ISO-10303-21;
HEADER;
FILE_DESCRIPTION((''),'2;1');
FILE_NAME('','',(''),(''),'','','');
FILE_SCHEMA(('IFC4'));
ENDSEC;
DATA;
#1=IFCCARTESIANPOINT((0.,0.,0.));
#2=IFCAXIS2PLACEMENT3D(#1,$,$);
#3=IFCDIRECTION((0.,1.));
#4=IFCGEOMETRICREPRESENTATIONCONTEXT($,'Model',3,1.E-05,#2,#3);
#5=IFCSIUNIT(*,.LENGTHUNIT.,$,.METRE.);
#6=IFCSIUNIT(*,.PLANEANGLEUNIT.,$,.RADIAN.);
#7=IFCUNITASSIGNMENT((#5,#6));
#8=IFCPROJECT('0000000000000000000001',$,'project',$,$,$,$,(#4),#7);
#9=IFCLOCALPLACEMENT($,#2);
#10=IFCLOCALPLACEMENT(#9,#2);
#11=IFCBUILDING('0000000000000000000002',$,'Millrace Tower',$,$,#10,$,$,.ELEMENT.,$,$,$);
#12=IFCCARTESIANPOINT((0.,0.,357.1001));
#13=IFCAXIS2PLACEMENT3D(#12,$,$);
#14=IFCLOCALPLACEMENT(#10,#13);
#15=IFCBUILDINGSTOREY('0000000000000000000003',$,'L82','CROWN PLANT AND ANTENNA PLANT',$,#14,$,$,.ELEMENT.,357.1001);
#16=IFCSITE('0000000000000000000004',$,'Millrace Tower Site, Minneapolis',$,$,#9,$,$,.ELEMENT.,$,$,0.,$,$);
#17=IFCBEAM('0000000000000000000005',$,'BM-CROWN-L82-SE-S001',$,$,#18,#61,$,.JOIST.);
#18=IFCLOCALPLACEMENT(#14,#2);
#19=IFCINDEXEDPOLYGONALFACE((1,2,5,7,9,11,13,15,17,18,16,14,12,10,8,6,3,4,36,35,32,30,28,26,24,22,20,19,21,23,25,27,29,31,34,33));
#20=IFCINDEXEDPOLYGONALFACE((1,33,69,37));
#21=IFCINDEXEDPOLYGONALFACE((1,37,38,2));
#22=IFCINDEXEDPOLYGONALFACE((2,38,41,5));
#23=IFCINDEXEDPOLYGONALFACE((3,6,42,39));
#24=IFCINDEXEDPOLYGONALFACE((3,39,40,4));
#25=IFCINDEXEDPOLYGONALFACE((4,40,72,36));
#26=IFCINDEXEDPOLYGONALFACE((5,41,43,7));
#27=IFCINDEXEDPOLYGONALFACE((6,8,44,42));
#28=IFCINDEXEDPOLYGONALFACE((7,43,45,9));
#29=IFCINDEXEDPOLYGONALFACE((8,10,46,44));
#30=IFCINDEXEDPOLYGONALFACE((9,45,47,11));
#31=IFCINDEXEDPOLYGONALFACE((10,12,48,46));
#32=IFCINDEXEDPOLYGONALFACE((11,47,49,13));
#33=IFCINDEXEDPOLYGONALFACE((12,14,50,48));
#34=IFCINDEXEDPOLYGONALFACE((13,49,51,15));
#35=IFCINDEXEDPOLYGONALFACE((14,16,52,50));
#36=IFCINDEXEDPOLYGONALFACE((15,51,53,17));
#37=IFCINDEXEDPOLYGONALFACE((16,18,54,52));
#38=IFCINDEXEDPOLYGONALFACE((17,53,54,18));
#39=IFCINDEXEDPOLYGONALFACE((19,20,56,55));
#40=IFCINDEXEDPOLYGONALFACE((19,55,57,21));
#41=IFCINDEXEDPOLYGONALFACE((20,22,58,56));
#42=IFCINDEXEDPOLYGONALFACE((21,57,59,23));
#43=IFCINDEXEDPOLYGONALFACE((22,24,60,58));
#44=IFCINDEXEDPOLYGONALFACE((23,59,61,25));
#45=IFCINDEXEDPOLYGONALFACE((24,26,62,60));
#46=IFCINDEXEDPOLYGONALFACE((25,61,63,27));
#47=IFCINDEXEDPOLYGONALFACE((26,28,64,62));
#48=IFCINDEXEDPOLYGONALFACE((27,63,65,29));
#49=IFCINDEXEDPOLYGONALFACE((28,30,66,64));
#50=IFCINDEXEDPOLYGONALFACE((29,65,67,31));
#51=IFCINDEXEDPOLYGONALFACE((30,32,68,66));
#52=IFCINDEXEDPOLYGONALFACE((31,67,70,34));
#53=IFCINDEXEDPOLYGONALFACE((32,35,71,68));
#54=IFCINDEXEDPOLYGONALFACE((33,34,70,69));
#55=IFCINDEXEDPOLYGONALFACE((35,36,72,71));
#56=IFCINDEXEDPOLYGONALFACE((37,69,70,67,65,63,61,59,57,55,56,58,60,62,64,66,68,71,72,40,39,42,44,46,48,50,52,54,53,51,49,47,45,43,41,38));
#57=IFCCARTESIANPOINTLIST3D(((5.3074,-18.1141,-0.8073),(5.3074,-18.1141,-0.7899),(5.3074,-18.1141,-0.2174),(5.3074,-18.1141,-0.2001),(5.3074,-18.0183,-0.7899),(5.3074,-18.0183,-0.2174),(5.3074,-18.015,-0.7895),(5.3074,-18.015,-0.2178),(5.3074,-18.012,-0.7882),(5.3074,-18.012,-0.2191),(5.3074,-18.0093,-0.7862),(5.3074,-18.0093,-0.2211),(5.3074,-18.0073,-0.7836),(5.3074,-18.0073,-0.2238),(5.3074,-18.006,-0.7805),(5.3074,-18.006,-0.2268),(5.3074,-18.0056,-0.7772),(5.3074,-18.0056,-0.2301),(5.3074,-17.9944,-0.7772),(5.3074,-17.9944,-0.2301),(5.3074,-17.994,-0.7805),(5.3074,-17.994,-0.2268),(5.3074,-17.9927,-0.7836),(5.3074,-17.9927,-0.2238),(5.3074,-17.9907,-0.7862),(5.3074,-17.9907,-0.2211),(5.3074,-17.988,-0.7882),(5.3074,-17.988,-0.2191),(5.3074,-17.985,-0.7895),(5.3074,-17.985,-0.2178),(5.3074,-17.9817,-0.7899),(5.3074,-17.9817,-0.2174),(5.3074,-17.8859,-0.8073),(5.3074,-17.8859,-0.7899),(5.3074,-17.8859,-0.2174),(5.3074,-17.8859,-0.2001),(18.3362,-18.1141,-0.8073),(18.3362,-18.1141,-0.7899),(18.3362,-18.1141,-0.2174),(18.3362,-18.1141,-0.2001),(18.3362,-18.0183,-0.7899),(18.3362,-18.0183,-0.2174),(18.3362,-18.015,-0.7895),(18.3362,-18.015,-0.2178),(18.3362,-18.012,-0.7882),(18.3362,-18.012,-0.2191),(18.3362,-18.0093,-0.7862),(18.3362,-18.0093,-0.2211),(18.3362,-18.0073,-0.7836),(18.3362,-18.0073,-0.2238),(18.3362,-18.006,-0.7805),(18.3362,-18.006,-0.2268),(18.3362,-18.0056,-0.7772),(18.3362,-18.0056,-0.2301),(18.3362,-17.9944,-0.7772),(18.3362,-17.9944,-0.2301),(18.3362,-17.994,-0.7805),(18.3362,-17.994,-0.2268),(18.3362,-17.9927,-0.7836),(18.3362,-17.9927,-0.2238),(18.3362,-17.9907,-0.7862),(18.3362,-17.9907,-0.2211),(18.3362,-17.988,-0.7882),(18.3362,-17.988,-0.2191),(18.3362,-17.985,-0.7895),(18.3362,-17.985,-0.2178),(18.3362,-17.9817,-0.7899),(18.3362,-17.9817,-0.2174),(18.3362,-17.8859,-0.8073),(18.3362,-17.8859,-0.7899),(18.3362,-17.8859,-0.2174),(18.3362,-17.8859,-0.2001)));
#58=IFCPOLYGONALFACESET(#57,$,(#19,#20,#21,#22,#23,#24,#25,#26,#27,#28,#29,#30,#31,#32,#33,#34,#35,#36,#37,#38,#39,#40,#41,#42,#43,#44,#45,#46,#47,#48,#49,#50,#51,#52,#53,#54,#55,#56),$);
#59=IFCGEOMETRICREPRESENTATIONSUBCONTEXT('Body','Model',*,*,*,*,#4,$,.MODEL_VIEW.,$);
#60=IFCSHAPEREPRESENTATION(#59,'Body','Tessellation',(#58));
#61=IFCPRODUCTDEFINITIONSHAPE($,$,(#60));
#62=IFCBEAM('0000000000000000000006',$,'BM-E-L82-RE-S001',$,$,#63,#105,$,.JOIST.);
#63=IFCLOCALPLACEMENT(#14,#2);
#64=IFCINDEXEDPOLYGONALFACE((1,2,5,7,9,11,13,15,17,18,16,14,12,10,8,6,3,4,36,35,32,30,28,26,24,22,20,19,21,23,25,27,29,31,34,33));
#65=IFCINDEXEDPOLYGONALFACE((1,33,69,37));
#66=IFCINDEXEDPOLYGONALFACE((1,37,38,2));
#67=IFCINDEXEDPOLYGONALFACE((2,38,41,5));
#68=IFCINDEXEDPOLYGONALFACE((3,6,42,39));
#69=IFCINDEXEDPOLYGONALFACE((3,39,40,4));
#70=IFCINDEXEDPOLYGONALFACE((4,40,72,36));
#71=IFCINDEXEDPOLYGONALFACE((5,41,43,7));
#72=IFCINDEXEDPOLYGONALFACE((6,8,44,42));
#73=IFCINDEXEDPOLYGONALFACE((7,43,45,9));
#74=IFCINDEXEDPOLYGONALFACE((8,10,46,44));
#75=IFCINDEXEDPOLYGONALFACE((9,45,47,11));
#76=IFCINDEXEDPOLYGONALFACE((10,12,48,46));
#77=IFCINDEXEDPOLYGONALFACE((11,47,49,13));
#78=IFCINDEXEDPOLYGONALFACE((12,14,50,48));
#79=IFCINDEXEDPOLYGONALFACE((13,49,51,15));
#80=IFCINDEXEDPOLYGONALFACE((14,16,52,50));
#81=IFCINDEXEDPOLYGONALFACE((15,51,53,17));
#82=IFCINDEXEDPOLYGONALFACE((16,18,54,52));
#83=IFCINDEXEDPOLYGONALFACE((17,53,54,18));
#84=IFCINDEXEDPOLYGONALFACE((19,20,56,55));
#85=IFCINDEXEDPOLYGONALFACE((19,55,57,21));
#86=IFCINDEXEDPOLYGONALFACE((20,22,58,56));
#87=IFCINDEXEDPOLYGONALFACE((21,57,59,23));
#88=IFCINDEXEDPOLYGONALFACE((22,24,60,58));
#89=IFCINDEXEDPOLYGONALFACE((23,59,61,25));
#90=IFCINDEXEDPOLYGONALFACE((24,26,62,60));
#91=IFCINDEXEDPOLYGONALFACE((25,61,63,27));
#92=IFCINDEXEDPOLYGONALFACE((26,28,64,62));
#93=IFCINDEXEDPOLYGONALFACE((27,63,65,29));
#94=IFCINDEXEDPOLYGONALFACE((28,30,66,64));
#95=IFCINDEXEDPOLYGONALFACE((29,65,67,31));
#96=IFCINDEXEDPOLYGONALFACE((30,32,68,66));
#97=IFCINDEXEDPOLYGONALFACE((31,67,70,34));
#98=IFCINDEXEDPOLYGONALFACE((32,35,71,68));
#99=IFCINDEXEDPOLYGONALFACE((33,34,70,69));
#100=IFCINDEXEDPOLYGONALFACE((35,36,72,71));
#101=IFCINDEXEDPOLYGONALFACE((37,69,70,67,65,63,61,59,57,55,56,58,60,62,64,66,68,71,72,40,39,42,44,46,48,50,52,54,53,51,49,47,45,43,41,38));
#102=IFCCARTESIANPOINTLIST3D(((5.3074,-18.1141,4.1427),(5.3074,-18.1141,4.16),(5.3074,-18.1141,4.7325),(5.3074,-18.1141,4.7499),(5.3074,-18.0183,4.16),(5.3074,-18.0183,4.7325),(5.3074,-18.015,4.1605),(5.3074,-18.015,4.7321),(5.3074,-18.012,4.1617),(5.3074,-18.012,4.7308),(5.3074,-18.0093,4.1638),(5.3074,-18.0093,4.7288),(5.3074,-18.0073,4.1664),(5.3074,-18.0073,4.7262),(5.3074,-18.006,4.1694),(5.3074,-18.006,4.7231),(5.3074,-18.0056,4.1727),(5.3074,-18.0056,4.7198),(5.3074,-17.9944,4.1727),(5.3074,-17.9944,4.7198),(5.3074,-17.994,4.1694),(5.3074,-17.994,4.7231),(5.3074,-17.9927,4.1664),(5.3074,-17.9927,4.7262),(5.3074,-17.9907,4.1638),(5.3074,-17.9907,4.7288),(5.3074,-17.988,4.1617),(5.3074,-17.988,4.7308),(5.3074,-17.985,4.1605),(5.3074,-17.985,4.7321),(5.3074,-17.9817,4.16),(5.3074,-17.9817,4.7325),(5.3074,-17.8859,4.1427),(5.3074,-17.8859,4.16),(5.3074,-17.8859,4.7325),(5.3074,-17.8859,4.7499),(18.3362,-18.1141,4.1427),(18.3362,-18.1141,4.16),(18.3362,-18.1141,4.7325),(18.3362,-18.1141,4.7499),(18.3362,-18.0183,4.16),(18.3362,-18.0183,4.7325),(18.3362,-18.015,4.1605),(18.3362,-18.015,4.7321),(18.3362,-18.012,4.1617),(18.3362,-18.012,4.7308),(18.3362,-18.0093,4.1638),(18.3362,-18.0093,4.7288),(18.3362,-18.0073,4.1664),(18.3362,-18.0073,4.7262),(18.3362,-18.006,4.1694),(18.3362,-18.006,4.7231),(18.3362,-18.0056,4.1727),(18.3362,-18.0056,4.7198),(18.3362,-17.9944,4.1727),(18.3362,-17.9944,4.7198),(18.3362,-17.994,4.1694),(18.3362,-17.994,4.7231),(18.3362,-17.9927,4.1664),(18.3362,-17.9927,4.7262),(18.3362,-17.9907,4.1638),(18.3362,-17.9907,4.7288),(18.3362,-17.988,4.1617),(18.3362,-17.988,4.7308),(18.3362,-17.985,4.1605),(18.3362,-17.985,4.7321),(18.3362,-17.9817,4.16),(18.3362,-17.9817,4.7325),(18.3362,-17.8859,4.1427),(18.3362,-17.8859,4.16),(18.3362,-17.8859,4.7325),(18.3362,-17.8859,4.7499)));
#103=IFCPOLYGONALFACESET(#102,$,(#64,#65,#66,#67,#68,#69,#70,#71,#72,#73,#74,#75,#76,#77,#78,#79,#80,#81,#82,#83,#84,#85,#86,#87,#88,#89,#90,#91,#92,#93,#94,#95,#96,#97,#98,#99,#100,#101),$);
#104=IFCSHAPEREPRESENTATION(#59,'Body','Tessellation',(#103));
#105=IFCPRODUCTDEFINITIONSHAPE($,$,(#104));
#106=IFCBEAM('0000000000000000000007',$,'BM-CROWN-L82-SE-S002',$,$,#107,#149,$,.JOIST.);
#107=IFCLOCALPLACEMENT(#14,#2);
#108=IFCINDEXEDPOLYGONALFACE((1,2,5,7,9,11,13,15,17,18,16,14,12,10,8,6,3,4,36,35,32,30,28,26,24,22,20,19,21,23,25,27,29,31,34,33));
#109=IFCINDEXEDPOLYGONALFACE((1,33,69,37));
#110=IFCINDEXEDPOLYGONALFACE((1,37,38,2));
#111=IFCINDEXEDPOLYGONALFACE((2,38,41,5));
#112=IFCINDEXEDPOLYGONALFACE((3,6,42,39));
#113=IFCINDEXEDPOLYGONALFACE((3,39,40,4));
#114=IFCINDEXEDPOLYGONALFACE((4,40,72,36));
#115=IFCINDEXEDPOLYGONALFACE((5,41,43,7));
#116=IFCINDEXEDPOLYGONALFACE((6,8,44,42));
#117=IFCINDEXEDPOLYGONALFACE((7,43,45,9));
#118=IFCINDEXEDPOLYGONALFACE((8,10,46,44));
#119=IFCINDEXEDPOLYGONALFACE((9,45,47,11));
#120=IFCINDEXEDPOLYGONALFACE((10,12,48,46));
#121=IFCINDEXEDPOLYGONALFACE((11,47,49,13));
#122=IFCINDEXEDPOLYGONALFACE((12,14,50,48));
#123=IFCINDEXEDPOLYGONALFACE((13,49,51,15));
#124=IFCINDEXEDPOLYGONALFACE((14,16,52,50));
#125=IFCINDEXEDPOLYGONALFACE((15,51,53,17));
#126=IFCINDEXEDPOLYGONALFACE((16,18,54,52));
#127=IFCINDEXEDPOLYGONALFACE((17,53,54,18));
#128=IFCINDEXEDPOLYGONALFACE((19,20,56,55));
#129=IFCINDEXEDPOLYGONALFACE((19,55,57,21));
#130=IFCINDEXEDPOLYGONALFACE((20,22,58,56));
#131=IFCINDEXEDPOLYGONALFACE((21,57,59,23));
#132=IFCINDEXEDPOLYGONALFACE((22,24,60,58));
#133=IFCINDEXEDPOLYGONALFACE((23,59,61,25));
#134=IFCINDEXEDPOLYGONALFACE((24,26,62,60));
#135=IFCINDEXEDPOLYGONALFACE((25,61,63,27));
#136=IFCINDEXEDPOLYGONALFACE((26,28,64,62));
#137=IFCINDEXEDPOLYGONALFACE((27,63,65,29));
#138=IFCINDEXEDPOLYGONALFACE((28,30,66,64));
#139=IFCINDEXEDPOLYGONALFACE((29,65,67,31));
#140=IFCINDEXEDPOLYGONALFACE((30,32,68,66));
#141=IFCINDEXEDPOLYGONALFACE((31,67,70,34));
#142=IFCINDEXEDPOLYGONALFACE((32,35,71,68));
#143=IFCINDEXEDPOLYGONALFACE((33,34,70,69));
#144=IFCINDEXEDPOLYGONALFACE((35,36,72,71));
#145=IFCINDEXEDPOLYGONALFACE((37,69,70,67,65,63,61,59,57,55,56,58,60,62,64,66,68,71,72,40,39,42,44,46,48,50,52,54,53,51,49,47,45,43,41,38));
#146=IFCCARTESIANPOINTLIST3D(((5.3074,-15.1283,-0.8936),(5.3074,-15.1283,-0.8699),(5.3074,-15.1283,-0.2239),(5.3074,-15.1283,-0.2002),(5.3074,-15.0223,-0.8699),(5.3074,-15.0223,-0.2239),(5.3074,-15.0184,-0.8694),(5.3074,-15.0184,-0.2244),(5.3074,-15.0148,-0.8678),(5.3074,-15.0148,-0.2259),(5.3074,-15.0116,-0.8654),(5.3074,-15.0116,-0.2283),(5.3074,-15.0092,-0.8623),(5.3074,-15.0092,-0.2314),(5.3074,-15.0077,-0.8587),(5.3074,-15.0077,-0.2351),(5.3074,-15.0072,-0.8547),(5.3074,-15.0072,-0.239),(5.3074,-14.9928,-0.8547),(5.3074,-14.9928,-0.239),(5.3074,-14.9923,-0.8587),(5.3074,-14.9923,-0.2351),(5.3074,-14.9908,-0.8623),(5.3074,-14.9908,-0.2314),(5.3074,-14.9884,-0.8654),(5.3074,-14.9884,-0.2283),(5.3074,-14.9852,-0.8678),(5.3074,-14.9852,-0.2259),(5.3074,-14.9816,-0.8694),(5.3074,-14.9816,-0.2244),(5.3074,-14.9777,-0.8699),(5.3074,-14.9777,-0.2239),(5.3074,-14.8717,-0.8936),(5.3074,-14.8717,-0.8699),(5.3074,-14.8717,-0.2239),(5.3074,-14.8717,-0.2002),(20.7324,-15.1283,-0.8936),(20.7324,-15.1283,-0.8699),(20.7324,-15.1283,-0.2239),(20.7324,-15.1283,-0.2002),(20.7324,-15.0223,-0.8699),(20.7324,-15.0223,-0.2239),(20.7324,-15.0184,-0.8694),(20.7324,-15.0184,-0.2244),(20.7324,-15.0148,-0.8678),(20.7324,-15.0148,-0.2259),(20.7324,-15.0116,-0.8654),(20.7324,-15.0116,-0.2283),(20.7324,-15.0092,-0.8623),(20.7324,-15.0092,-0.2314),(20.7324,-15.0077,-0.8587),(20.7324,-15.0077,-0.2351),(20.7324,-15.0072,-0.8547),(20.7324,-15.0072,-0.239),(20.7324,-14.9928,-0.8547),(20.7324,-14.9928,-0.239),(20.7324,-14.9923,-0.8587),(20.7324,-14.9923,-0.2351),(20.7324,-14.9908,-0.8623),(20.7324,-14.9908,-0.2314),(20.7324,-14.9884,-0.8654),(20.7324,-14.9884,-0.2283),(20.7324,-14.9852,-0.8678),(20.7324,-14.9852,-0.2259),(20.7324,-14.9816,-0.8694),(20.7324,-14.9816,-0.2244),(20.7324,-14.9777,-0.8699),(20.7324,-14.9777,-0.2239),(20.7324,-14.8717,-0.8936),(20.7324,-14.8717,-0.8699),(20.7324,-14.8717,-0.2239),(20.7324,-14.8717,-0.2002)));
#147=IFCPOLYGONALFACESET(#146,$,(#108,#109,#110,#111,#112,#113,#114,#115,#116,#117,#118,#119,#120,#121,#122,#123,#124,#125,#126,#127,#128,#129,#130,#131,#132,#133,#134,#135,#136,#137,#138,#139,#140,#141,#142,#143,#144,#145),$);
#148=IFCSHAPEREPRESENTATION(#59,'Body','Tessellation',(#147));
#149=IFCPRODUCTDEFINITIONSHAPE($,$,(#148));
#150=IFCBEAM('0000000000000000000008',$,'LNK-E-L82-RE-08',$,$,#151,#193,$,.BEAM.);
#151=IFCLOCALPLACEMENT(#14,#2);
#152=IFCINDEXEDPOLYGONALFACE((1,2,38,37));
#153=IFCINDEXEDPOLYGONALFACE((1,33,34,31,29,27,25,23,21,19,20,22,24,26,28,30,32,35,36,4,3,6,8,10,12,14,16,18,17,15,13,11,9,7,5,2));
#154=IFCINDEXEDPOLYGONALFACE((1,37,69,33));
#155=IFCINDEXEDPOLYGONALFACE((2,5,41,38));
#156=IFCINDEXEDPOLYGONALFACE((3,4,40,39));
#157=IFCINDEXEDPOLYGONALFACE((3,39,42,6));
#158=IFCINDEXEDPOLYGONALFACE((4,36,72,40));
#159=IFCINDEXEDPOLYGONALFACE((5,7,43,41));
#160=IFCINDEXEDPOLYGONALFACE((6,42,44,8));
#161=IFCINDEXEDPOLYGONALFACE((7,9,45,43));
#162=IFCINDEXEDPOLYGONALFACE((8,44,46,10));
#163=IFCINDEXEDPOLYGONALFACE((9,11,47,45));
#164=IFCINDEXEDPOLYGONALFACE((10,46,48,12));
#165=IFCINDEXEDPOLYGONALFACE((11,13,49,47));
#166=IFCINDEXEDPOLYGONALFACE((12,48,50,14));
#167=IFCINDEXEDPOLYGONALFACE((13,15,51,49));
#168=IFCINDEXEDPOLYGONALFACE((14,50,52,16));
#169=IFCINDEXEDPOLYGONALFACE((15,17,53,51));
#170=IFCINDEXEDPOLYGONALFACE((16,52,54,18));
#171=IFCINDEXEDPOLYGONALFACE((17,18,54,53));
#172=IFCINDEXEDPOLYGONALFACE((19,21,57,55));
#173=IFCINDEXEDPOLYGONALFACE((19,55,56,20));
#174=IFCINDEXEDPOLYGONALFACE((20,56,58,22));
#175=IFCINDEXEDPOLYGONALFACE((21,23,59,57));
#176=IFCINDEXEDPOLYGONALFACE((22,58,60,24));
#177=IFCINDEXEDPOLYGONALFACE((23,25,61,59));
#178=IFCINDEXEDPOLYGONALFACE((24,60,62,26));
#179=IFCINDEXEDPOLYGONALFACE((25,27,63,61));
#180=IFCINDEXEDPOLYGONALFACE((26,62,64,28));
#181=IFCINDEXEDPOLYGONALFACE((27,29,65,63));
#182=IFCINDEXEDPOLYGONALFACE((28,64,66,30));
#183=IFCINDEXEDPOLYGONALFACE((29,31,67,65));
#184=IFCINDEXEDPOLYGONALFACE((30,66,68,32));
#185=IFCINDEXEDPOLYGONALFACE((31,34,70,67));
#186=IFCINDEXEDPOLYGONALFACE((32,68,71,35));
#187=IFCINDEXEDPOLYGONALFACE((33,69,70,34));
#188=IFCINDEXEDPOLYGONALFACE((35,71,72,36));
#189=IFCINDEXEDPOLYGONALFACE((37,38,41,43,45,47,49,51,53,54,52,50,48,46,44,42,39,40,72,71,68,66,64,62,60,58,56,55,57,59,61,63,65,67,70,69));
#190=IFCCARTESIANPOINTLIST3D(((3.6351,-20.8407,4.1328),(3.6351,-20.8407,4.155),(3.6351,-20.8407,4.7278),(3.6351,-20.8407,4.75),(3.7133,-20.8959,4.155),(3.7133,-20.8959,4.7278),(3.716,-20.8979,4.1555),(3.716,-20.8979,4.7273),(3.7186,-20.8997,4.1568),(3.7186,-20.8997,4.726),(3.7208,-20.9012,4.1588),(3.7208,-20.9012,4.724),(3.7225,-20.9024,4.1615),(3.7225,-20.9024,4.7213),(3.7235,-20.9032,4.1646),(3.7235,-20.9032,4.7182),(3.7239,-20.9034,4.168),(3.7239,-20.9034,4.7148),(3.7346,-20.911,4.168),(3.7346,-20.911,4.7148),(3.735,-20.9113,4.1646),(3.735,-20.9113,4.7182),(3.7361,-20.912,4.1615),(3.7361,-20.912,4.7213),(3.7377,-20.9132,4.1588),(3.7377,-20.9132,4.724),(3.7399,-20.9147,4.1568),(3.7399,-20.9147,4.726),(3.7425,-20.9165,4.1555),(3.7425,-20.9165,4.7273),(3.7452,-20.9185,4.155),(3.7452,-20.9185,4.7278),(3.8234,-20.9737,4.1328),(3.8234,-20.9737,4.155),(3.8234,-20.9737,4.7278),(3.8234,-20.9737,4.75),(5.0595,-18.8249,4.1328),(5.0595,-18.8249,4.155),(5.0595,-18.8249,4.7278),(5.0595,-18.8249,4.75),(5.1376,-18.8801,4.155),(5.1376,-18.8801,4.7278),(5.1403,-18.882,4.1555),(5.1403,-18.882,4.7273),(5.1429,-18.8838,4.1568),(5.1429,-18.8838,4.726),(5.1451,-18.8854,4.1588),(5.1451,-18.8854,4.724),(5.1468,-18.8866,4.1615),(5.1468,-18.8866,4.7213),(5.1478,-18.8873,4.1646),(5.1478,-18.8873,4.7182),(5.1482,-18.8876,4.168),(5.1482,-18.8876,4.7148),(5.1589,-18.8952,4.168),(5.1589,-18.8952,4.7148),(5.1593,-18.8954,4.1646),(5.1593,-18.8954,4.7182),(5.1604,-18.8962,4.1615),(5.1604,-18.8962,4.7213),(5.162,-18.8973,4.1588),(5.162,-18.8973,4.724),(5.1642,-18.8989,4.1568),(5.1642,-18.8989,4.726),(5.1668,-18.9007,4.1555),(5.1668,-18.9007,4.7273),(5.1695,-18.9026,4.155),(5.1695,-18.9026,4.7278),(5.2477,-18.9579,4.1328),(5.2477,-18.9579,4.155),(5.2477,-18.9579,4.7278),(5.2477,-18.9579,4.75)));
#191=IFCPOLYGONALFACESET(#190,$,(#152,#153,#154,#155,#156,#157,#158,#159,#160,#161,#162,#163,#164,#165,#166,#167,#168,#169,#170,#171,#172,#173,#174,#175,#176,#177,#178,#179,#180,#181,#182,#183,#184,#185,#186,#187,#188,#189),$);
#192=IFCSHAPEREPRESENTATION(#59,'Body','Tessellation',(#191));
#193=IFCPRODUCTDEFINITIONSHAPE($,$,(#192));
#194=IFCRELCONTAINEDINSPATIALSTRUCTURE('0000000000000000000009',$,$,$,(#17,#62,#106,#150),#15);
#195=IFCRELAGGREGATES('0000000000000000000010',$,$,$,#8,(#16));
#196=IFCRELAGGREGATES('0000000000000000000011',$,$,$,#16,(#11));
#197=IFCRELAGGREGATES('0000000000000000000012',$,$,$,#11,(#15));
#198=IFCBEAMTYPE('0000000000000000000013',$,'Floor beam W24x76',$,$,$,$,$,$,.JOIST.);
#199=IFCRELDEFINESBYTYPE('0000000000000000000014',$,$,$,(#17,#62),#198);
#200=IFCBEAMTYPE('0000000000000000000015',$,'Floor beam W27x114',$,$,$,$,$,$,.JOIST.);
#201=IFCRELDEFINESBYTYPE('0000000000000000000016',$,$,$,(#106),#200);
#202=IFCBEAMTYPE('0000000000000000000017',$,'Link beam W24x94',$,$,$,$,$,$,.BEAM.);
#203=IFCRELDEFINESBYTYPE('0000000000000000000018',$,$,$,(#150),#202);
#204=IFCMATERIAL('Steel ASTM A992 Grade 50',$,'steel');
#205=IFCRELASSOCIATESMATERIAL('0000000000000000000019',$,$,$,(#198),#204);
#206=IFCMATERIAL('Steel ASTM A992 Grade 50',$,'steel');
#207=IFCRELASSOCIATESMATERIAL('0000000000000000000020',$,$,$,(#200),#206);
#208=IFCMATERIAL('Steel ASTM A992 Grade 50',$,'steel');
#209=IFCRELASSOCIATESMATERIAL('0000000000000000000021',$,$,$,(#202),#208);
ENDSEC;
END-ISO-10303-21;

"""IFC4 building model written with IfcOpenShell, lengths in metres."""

from ifc_helpers import new_model, si_unit, direction, frame, origin, origin_2d, place, context, subcontext, project, spatial, i_section, extrude, material, material_profile, profile_set, type_object, element, save


model = new_model("IFC4")

# Units and contexts
model_context = context("Model", 3, precision=1e-05, world=origin(), true_north=direction((0.0, 1.0)))
body_context = subcontext(model_context, "Body", "Model", "MODEL_VIEW")
ifc_project = project(units=[si_unit("LENGTHUNIT", "METRE"), si_unit("PLANEANGLEUNIT", "RADIAN")], contexts=[model_context])

# Site, building, storey
site_placement = place(None, origin())
site = spatial("IfcSite", under=ifc_project, at=site_placement, Name="Millrace Tower Site, Minneapolis", CompositionType="ELEMENT", RefElevation=0.0)
building_placement = place(site_placement, origin())
building = spatial("IfcBuilding", under=site, at=building_placement, Name="Millrace Tower", CompositionType="ELEMENT")
storey_placement = place(building_placement, frame((0.0, 0.0, 357.1001)))
storey = spatial("IfcBuildingStorey", under=building, at=storey_placement, Name="L82", Description="CROWN PLANT AND ANTENNA PLANT", CompositionType="ELEMENT", Elevation=357.1001)

# Beams
ifc_material_1 = material(Name="Steel ASTM A992 Grade 50", Category="steel")
ifc_material_profile_1 = material_profile(ifc_material_1, i_section(OverallWidth=0.2283, OverallDepth=0.6072, WebThickness=0.0112, FlangeThickness=0.0173, FilletRadius=0.0127, at=origin_2d()))
ifc_profile_set_1 = profile_set([ifc_material_profile_1], Name="Steel ASTM A992 Grade 50")
beam_type_1 = type_object("IfcBeamType", Name="Floor beam W24x76", PredefinedType="JOIST", material=ifc_profile_set_1)
for number, where, z_axis, x_axis, name in (
    (1, (5.3074, -18.0, -0.5037), (1.0, 0.0, 0.0), (0.0, 1.0, 0.0), "BM-CROWN-L82-SE-S001"),
    (2, (5.3074, -18.0, 4.4463), (1.0, 0.0, 0.0), (0.0, 1.0, 0.0), "BM-E-L82-RE-S001"),
):
    element("IfcBeam", number, at=place(storey_placement, frame(where, z_axis=z_axis, x_axis=x_axis)), inside=storey, type_object=beam_type_1, Name=name, PredefinedType="JOIST", context=body_context, shape_type="SweptSolid", body=[
        extrude(i_section(OverallWidth=0.2283, OverallDepth=0.6072, WebThickness=0.0112, FlangeThickness=0.0173, FilletRadius=0.0127, at=origin_2d()), origin(), (0.0, 0.0, 1.0), 13.0288),
    ])
ifc_material_2 = material(Name="Steel ASTM A992 Grade 50", Category="steel")
ifc_material_profile_2 = material_profile(ifc_material_2, i_section(OverallWidth=0.2566, OverallDepth=0.6934, WebThickness=0.0144, FlangeThickness=0.0237, FilletRadius=0.0151, at=origin_2d()))
ifc_profile_set_2 = profile_set([ifc_material_profile_2], Name="Steel ASTM A992 Grade 50")
beam_type_2 = type_object("IfcBeamType", Name="Floor beam W27x114", PredefinedType="JOIST", material=ifc_profile_set_2)
beam_1_placement = place(storey_placement, frame((5.3074, -15.0, -0.5469), z_axis=(1.0, 0.0, 0.0), x_axis=(0.0, 1.0, 0.0)))
element("IfcBeam", 3, at=beam_1_placement, inside=storey, type_object=beam_type_2, Name="BM-CROWN-L82-SE-S002", PredefinedType="JOIST", context=body_context, shape_type="SweptSolid", body=[
    extrude(i_section(OverallWidth=0.2566, OverallDepth=0.6934, WebThickness=0.0144, FlangeThickness=0.0237, FilletRadius=0.0151, at=origin_2d()), origin(), (0.0, 0.0, 1.0), 15.425),
])
ifc_material_3 = material(Name="Steel ASTM A992 Grade 50", Category="steel")
ifc_material_profile_3 = material_profile(ifc_material_3, i_section(OverallWidth=0.2305, OverallDepth=0.6172, WebThickness=0.0132, FlangeThickness=0.0222, FilletRadius=0.0129, at=origin_2d()))
ifc_profile_set_3 = profile_set([ifc_material_profile_3], Name="Steel ASTM A992 Grade 50")
beam_type_3 = type_object("IfcBeamType", Name="Link beam W24x94", PredefinedType="BEAM", material=ifc_profile_set_3)
beam_2_placement = place(storey_placement, frame((5.1536, -18.8914, 4.4414), z_axis=(-0.577048, -0.81671, 0.0), x_axis=(0.81671, -0.577048, 0.0)))
element("IfcBeam", 4, at=beam_2_placement, inside=storey, type_object=beam_type_3, Name="LNK-E-L82-RE-08", PredefinedType="BEAM", context=body_context, shape_type="SweptSolid", body=[
    extrude(i_section(OverallWidth=0.2305, OverallDepth=0.6172, WebThickness=0.0132, FlangeThickness=0.0222, FilletRadius=0.0129, at=origin_2d()), origin(), (0.0, 0.0, 1.0), 2.4683),
])

save(model, "model.ifc")
